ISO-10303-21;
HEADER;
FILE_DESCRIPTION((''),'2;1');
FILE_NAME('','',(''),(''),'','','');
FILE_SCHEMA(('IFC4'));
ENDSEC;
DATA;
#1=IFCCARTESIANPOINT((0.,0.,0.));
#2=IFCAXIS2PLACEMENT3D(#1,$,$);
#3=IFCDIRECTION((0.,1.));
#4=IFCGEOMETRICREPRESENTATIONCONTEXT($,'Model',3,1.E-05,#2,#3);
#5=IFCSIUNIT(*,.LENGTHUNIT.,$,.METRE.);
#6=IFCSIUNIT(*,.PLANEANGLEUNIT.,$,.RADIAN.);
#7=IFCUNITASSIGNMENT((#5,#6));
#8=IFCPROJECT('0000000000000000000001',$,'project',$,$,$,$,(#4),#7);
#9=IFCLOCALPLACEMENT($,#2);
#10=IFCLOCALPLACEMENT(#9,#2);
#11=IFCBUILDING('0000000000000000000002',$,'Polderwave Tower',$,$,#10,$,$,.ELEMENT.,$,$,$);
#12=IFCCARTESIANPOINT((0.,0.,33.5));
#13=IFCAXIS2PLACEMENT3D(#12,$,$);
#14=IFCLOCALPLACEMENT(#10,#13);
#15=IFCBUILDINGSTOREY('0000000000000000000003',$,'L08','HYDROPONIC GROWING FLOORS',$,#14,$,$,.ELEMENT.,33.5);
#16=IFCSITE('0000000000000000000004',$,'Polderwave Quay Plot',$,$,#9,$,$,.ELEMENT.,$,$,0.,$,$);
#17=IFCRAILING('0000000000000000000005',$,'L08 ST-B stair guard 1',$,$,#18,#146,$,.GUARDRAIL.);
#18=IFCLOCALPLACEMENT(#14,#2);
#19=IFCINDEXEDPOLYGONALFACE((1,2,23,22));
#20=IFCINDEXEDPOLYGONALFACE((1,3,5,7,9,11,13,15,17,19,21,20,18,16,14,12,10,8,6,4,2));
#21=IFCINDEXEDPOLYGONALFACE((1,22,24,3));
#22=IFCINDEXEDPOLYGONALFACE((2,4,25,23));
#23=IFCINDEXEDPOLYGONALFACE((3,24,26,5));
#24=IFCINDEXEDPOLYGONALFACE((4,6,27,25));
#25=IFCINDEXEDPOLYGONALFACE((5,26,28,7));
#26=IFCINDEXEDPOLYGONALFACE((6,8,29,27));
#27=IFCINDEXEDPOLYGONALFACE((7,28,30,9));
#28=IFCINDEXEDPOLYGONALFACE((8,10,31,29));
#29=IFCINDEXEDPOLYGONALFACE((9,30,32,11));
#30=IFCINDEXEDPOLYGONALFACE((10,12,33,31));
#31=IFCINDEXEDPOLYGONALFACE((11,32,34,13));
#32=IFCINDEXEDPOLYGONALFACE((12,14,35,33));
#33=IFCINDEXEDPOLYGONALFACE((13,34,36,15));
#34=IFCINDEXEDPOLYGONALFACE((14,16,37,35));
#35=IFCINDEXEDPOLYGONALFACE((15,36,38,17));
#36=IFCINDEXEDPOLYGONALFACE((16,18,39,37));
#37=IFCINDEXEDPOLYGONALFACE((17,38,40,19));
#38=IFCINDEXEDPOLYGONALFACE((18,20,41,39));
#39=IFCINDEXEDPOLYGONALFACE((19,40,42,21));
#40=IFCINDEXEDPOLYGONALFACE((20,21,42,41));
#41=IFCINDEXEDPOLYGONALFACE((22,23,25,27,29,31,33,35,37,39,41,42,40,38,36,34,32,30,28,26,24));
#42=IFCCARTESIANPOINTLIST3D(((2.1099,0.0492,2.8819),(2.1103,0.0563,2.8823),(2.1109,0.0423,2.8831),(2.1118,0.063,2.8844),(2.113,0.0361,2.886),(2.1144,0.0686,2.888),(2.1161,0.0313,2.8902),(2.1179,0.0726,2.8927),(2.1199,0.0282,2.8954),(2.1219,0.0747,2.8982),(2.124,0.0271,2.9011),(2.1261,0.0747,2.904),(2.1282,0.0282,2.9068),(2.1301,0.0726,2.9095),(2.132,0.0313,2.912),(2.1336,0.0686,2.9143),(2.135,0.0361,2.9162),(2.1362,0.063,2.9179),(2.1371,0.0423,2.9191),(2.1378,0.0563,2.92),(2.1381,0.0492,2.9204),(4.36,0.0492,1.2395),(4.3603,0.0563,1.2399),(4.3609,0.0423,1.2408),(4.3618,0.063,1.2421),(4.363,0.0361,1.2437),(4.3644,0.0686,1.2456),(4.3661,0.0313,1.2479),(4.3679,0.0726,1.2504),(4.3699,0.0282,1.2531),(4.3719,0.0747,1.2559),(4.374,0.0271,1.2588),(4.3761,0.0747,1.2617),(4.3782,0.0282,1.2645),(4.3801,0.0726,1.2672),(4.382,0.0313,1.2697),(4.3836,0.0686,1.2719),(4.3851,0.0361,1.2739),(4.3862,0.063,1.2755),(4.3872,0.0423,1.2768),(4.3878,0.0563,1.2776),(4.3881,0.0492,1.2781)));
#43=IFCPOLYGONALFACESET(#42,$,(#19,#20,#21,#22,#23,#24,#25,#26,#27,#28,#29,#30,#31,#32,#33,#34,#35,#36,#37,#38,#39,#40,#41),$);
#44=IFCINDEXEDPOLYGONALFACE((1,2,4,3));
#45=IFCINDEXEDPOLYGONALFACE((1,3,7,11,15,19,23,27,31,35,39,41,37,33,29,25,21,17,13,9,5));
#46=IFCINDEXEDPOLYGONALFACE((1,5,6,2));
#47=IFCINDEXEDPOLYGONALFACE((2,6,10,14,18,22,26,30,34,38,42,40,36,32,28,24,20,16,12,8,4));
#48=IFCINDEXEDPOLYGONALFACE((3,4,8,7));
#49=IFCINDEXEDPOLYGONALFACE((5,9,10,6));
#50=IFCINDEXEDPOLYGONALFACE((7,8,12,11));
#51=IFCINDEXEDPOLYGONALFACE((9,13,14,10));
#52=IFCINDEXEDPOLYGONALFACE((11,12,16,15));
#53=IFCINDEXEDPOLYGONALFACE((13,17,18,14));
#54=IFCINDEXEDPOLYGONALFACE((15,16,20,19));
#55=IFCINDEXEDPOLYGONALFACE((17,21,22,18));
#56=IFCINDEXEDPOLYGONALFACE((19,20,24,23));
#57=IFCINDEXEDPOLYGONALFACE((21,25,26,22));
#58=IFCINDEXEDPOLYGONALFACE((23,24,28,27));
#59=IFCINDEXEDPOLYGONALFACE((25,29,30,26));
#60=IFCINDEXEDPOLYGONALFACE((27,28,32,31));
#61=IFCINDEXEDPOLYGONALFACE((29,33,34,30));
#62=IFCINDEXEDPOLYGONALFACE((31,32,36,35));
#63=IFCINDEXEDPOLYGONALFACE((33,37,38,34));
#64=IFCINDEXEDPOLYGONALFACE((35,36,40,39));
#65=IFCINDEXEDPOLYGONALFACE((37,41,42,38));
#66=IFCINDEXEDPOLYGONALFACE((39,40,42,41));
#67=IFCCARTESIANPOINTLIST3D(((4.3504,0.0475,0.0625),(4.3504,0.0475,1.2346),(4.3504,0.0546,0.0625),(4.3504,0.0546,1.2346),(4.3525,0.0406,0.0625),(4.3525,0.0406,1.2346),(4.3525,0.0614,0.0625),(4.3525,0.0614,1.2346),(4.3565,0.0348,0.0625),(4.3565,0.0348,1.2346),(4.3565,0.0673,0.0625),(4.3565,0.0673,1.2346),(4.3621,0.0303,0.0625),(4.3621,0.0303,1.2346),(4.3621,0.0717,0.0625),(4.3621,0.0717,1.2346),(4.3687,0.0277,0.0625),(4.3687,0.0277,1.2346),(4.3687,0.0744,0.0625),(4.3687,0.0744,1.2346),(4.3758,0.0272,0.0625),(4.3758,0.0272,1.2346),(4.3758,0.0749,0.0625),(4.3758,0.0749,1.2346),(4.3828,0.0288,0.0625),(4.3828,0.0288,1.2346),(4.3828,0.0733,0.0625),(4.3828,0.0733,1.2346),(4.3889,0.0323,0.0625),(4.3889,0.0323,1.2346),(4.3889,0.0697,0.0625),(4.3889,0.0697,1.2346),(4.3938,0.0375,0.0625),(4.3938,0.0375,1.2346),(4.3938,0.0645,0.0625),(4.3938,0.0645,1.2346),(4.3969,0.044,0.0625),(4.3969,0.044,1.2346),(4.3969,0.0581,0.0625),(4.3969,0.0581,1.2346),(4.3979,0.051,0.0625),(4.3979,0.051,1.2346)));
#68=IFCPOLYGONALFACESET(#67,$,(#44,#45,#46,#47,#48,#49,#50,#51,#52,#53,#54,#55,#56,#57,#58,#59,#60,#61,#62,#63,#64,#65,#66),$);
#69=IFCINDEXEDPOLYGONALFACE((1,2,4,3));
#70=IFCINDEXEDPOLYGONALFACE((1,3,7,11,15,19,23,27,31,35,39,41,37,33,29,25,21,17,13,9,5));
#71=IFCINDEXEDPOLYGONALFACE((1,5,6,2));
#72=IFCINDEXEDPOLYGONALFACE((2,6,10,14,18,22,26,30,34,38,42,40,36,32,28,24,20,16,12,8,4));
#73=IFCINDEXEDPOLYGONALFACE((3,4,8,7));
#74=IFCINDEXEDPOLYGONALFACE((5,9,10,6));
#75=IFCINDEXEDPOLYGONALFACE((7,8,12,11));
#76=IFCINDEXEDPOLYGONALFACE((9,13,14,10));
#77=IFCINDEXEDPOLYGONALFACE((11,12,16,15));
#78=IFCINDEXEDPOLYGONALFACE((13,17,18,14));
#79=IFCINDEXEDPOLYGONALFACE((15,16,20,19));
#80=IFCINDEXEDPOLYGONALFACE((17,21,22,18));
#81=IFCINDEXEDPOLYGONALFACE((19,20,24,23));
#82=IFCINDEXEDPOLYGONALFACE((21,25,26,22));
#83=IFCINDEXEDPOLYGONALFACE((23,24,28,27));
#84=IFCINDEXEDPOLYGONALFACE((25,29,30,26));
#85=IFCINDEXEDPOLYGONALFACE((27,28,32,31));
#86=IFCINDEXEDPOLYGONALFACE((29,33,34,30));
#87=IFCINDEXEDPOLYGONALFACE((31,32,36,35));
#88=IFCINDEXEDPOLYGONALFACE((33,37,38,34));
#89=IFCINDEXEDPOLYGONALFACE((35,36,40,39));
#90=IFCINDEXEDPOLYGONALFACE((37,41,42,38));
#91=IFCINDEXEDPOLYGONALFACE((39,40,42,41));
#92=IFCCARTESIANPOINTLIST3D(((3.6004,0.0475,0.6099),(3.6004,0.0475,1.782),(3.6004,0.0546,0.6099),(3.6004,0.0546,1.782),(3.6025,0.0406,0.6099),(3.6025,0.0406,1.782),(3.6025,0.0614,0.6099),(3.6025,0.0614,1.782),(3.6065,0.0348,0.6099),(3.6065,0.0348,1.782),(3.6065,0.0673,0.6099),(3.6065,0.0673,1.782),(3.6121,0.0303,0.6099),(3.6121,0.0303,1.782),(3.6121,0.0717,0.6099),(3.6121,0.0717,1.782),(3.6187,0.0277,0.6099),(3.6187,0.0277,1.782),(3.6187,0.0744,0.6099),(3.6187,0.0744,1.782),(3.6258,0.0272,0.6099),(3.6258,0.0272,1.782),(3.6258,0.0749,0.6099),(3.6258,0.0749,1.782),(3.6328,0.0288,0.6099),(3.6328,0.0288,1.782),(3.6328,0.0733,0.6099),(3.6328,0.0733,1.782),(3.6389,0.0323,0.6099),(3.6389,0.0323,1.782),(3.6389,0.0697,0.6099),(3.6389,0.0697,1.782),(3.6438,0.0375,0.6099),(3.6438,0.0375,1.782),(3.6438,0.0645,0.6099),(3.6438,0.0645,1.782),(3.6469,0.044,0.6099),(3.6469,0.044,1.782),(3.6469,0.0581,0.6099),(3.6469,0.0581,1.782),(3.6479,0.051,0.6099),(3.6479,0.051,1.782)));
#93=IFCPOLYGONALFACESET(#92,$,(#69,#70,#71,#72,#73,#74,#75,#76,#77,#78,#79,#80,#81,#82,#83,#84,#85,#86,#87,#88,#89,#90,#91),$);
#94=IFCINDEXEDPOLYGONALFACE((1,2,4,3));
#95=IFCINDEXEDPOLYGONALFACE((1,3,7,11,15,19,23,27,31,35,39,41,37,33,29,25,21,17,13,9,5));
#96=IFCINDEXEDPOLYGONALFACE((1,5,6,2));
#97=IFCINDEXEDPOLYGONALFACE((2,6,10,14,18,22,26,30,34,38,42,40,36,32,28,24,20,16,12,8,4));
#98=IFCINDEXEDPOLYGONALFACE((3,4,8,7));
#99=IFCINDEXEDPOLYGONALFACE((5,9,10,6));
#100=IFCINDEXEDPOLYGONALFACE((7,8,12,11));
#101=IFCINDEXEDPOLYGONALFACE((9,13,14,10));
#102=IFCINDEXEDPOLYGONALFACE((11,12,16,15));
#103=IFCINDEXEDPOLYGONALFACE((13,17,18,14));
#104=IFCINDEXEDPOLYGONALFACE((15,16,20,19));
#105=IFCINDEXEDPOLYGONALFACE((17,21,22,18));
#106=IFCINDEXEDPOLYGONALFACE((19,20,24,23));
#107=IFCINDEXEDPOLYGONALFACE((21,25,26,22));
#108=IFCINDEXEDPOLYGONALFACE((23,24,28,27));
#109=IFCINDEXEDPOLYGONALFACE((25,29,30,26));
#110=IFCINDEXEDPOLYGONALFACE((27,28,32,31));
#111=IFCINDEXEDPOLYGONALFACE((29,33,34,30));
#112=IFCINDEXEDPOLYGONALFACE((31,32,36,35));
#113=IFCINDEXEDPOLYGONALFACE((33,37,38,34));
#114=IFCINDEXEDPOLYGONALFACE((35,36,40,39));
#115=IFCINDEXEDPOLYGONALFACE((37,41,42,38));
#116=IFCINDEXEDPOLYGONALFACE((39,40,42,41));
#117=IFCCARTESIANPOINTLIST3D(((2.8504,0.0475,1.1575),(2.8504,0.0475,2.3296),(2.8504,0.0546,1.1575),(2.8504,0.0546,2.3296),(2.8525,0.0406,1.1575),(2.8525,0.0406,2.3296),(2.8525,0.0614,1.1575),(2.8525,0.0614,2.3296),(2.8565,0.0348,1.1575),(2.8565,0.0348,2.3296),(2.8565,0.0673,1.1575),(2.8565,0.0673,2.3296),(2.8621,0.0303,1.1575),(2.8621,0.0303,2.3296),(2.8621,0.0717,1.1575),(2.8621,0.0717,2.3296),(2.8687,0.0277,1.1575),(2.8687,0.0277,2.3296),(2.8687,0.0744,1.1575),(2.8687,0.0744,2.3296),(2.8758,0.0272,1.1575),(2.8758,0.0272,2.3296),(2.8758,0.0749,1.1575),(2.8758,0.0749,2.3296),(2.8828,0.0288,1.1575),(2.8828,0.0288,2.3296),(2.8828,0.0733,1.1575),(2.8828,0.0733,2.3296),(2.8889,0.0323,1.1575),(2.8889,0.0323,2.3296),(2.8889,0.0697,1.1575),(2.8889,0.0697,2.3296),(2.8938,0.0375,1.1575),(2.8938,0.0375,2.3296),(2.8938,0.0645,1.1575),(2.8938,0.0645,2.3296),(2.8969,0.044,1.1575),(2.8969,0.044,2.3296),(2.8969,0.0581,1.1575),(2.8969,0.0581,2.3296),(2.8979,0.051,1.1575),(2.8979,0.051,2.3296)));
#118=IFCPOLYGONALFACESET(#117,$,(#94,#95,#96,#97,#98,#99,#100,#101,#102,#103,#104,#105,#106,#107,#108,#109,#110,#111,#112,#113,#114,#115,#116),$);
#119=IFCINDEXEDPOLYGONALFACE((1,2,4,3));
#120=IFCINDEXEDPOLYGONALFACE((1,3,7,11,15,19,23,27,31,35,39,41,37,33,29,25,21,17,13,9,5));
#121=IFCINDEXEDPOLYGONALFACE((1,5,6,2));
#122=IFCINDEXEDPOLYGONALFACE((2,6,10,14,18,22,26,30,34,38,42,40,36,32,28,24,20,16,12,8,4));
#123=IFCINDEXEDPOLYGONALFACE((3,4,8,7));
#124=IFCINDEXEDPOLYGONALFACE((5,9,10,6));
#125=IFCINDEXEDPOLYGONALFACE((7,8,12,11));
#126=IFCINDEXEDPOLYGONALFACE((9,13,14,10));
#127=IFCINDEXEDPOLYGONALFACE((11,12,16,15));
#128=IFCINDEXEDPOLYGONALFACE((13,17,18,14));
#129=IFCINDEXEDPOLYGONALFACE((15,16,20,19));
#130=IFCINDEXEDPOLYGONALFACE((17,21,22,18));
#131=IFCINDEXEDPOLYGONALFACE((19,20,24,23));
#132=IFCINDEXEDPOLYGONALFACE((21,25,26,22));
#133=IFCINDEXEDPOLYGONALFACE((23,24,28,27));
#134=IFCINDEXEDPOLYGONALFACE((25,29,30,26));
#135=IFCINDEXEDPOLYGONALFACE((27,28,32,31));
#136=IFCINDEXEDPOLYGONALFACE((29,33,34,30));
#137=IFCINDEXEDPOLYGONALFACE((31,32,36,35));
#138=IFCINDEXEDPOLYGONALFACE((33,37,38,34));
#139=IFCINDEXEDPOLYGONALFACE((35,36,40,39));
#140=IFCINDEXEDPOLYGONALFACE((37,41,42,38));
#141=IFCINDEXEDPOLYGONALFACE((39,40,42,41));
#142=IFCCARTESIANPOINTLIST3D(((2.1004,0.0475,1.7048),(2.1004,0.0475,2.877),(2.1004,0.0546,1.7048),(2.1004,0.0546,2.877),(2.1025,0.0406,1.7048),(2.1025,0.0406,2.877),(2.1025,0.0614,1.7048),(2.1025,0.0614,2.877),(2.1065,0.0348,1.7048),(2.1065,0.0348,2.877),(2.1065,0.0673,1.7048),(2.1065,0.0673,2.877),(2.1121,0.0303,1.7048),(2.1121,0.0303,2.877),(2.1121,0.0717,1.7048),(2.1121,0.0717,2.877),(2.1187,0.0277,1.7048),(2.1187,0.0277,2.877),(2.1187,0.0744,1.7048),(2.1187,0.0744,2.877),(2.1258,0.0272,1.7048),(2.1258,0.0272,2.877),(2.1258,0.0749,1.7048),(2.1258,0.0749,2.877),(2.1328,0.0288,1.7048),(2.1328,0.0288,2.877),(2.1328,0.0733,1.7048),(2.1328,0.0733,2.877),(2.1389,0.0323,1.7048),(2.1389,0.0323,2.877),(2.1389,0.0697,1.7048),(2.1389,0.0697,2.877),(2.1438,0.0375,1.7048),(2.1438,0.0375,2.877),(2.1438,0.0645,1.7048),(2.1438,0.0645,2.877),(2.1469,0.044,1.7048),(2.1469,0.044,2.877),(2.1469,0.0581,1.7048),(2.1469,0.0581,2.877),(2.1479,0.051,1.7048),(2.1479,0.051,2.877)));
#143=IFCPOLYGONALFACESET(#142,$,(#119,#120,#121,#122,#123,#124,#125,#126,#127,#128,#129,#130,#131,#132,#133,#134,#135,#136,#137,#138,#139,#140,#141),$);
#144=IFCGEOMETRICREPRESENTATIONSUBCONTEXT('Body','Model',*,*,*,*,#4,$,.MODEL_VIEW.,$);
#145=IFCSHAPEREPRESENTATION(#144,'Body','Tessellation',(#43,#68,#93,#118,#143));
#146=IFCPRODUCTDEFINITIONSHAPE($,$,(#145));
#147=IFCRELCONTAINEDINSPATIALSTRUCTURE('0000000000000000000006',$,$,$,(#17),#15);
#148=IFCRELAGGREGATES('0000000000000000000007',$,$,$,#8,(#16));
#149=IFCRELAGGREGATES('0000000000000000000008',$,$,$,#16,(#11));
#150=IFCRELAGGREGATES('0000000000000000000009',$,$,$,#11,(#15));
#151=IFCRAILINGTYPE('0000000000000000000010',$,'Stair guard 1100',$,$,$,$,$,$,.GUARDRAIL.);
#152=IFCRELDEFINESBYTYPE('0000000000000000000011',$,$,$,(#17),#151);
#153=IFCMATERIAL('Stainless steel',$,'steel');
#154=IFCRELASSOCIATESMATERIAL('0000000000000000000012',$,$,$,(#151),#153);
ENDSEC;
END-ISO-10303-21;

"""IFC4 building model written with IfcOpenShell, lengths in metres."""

from ifc_helpers import new_model, si_unit, direction, frame, origin, origin_2d, place, context, subcontext, project, spatial, circle, extrude, material, type_object, element, save


model = new_model("IFC4")

# Units and contexts
model_context = context("Model", 3, precision=1e-05, world=origin(), true_north=direction((0.0, 1.0)))
body_context = subcontext(model_context, "Body", "Model", "MODEL_VIEW")
ifc_project = project(units=[si_unit("LENGTHUNIT", "METRE"), si_unit("PLANEANGLEUNIT", "RADIAN")], contexts=[model_context])

# Site, building, storey
site_placement = place(None, origin())
site = spatial("IfcSite", under=ifc_project, at=site_placement, Name="Polderwave Quay Plot", CompositionType="ELEMENT", RefElevation=0.0)
building_placement = place(site_placement, origin())
building = spatial("IfcBuilding", under=site, at=building_placement, Name="Polderwave Tower", CompositionType="ELEMENT")
storey_placement = place(building_placement, frame((0.0, 0.0, 33.5)))
storey = spatial("IfcBuildingStorey", under=building, at=storey_placement, Name="L08", Description="HYDROPONIC GROWING FLOORS", CompositionType="ELEMENT", Elevation=33.5)

# Railing
ifc_material_1 = material(Name="Stainless steel", Category="steel")
railing_type_1 = type_object("IfcRailingType", Name="Stair guard 1100", PredefinedType="GUARDRAIL", material=ifc_material_1)
railing_1_placement = place(storey_placement, frame((4.374, 0.051, 0.0625)))
element("IfcRailing", 1, at=railing_1_placement, inside=storey, type_object=railing_type_1, Name="L08 ST-B stair guard 1", PredefinedType="GUARDRAIL", context=body_context, shape_type="SweptSolid", body=[
    extrude(circle(Radius=0.0239, at=origin_2d()), frame((0.0, 0.0, 1.1963), z_axis=(-0.807715, 0.0, 0.589573), x_axis=(0.0, -1.0, 0.0)), (0.0, 0.0, 1.0), 2.7856),
    extrude(circle(Radius=0.0239, at=origin_2d()), origin(), (0.0, 0.0, 1.0), 1.1721),
    extrude(circle(Radius=0.0239, at=origin_2d()), frame((-0.75, 0.0, 0.5474)), (0.0, 0.0, 1.0), 1.1721),
    extrude(circle(Radius=0.0239, at=origin_2d()), frame((-1.5, 0.0, 1.095)), (0.0, 0.0, 1.0), 1.1721),
    extrude(circle(Radius=0.0239, at=origin_2d()), frame((-2.25, 0.0, 1.6423)), (0.0, 0.0, 1.0), 1.1721),
])

save(model, "model.ifc")
